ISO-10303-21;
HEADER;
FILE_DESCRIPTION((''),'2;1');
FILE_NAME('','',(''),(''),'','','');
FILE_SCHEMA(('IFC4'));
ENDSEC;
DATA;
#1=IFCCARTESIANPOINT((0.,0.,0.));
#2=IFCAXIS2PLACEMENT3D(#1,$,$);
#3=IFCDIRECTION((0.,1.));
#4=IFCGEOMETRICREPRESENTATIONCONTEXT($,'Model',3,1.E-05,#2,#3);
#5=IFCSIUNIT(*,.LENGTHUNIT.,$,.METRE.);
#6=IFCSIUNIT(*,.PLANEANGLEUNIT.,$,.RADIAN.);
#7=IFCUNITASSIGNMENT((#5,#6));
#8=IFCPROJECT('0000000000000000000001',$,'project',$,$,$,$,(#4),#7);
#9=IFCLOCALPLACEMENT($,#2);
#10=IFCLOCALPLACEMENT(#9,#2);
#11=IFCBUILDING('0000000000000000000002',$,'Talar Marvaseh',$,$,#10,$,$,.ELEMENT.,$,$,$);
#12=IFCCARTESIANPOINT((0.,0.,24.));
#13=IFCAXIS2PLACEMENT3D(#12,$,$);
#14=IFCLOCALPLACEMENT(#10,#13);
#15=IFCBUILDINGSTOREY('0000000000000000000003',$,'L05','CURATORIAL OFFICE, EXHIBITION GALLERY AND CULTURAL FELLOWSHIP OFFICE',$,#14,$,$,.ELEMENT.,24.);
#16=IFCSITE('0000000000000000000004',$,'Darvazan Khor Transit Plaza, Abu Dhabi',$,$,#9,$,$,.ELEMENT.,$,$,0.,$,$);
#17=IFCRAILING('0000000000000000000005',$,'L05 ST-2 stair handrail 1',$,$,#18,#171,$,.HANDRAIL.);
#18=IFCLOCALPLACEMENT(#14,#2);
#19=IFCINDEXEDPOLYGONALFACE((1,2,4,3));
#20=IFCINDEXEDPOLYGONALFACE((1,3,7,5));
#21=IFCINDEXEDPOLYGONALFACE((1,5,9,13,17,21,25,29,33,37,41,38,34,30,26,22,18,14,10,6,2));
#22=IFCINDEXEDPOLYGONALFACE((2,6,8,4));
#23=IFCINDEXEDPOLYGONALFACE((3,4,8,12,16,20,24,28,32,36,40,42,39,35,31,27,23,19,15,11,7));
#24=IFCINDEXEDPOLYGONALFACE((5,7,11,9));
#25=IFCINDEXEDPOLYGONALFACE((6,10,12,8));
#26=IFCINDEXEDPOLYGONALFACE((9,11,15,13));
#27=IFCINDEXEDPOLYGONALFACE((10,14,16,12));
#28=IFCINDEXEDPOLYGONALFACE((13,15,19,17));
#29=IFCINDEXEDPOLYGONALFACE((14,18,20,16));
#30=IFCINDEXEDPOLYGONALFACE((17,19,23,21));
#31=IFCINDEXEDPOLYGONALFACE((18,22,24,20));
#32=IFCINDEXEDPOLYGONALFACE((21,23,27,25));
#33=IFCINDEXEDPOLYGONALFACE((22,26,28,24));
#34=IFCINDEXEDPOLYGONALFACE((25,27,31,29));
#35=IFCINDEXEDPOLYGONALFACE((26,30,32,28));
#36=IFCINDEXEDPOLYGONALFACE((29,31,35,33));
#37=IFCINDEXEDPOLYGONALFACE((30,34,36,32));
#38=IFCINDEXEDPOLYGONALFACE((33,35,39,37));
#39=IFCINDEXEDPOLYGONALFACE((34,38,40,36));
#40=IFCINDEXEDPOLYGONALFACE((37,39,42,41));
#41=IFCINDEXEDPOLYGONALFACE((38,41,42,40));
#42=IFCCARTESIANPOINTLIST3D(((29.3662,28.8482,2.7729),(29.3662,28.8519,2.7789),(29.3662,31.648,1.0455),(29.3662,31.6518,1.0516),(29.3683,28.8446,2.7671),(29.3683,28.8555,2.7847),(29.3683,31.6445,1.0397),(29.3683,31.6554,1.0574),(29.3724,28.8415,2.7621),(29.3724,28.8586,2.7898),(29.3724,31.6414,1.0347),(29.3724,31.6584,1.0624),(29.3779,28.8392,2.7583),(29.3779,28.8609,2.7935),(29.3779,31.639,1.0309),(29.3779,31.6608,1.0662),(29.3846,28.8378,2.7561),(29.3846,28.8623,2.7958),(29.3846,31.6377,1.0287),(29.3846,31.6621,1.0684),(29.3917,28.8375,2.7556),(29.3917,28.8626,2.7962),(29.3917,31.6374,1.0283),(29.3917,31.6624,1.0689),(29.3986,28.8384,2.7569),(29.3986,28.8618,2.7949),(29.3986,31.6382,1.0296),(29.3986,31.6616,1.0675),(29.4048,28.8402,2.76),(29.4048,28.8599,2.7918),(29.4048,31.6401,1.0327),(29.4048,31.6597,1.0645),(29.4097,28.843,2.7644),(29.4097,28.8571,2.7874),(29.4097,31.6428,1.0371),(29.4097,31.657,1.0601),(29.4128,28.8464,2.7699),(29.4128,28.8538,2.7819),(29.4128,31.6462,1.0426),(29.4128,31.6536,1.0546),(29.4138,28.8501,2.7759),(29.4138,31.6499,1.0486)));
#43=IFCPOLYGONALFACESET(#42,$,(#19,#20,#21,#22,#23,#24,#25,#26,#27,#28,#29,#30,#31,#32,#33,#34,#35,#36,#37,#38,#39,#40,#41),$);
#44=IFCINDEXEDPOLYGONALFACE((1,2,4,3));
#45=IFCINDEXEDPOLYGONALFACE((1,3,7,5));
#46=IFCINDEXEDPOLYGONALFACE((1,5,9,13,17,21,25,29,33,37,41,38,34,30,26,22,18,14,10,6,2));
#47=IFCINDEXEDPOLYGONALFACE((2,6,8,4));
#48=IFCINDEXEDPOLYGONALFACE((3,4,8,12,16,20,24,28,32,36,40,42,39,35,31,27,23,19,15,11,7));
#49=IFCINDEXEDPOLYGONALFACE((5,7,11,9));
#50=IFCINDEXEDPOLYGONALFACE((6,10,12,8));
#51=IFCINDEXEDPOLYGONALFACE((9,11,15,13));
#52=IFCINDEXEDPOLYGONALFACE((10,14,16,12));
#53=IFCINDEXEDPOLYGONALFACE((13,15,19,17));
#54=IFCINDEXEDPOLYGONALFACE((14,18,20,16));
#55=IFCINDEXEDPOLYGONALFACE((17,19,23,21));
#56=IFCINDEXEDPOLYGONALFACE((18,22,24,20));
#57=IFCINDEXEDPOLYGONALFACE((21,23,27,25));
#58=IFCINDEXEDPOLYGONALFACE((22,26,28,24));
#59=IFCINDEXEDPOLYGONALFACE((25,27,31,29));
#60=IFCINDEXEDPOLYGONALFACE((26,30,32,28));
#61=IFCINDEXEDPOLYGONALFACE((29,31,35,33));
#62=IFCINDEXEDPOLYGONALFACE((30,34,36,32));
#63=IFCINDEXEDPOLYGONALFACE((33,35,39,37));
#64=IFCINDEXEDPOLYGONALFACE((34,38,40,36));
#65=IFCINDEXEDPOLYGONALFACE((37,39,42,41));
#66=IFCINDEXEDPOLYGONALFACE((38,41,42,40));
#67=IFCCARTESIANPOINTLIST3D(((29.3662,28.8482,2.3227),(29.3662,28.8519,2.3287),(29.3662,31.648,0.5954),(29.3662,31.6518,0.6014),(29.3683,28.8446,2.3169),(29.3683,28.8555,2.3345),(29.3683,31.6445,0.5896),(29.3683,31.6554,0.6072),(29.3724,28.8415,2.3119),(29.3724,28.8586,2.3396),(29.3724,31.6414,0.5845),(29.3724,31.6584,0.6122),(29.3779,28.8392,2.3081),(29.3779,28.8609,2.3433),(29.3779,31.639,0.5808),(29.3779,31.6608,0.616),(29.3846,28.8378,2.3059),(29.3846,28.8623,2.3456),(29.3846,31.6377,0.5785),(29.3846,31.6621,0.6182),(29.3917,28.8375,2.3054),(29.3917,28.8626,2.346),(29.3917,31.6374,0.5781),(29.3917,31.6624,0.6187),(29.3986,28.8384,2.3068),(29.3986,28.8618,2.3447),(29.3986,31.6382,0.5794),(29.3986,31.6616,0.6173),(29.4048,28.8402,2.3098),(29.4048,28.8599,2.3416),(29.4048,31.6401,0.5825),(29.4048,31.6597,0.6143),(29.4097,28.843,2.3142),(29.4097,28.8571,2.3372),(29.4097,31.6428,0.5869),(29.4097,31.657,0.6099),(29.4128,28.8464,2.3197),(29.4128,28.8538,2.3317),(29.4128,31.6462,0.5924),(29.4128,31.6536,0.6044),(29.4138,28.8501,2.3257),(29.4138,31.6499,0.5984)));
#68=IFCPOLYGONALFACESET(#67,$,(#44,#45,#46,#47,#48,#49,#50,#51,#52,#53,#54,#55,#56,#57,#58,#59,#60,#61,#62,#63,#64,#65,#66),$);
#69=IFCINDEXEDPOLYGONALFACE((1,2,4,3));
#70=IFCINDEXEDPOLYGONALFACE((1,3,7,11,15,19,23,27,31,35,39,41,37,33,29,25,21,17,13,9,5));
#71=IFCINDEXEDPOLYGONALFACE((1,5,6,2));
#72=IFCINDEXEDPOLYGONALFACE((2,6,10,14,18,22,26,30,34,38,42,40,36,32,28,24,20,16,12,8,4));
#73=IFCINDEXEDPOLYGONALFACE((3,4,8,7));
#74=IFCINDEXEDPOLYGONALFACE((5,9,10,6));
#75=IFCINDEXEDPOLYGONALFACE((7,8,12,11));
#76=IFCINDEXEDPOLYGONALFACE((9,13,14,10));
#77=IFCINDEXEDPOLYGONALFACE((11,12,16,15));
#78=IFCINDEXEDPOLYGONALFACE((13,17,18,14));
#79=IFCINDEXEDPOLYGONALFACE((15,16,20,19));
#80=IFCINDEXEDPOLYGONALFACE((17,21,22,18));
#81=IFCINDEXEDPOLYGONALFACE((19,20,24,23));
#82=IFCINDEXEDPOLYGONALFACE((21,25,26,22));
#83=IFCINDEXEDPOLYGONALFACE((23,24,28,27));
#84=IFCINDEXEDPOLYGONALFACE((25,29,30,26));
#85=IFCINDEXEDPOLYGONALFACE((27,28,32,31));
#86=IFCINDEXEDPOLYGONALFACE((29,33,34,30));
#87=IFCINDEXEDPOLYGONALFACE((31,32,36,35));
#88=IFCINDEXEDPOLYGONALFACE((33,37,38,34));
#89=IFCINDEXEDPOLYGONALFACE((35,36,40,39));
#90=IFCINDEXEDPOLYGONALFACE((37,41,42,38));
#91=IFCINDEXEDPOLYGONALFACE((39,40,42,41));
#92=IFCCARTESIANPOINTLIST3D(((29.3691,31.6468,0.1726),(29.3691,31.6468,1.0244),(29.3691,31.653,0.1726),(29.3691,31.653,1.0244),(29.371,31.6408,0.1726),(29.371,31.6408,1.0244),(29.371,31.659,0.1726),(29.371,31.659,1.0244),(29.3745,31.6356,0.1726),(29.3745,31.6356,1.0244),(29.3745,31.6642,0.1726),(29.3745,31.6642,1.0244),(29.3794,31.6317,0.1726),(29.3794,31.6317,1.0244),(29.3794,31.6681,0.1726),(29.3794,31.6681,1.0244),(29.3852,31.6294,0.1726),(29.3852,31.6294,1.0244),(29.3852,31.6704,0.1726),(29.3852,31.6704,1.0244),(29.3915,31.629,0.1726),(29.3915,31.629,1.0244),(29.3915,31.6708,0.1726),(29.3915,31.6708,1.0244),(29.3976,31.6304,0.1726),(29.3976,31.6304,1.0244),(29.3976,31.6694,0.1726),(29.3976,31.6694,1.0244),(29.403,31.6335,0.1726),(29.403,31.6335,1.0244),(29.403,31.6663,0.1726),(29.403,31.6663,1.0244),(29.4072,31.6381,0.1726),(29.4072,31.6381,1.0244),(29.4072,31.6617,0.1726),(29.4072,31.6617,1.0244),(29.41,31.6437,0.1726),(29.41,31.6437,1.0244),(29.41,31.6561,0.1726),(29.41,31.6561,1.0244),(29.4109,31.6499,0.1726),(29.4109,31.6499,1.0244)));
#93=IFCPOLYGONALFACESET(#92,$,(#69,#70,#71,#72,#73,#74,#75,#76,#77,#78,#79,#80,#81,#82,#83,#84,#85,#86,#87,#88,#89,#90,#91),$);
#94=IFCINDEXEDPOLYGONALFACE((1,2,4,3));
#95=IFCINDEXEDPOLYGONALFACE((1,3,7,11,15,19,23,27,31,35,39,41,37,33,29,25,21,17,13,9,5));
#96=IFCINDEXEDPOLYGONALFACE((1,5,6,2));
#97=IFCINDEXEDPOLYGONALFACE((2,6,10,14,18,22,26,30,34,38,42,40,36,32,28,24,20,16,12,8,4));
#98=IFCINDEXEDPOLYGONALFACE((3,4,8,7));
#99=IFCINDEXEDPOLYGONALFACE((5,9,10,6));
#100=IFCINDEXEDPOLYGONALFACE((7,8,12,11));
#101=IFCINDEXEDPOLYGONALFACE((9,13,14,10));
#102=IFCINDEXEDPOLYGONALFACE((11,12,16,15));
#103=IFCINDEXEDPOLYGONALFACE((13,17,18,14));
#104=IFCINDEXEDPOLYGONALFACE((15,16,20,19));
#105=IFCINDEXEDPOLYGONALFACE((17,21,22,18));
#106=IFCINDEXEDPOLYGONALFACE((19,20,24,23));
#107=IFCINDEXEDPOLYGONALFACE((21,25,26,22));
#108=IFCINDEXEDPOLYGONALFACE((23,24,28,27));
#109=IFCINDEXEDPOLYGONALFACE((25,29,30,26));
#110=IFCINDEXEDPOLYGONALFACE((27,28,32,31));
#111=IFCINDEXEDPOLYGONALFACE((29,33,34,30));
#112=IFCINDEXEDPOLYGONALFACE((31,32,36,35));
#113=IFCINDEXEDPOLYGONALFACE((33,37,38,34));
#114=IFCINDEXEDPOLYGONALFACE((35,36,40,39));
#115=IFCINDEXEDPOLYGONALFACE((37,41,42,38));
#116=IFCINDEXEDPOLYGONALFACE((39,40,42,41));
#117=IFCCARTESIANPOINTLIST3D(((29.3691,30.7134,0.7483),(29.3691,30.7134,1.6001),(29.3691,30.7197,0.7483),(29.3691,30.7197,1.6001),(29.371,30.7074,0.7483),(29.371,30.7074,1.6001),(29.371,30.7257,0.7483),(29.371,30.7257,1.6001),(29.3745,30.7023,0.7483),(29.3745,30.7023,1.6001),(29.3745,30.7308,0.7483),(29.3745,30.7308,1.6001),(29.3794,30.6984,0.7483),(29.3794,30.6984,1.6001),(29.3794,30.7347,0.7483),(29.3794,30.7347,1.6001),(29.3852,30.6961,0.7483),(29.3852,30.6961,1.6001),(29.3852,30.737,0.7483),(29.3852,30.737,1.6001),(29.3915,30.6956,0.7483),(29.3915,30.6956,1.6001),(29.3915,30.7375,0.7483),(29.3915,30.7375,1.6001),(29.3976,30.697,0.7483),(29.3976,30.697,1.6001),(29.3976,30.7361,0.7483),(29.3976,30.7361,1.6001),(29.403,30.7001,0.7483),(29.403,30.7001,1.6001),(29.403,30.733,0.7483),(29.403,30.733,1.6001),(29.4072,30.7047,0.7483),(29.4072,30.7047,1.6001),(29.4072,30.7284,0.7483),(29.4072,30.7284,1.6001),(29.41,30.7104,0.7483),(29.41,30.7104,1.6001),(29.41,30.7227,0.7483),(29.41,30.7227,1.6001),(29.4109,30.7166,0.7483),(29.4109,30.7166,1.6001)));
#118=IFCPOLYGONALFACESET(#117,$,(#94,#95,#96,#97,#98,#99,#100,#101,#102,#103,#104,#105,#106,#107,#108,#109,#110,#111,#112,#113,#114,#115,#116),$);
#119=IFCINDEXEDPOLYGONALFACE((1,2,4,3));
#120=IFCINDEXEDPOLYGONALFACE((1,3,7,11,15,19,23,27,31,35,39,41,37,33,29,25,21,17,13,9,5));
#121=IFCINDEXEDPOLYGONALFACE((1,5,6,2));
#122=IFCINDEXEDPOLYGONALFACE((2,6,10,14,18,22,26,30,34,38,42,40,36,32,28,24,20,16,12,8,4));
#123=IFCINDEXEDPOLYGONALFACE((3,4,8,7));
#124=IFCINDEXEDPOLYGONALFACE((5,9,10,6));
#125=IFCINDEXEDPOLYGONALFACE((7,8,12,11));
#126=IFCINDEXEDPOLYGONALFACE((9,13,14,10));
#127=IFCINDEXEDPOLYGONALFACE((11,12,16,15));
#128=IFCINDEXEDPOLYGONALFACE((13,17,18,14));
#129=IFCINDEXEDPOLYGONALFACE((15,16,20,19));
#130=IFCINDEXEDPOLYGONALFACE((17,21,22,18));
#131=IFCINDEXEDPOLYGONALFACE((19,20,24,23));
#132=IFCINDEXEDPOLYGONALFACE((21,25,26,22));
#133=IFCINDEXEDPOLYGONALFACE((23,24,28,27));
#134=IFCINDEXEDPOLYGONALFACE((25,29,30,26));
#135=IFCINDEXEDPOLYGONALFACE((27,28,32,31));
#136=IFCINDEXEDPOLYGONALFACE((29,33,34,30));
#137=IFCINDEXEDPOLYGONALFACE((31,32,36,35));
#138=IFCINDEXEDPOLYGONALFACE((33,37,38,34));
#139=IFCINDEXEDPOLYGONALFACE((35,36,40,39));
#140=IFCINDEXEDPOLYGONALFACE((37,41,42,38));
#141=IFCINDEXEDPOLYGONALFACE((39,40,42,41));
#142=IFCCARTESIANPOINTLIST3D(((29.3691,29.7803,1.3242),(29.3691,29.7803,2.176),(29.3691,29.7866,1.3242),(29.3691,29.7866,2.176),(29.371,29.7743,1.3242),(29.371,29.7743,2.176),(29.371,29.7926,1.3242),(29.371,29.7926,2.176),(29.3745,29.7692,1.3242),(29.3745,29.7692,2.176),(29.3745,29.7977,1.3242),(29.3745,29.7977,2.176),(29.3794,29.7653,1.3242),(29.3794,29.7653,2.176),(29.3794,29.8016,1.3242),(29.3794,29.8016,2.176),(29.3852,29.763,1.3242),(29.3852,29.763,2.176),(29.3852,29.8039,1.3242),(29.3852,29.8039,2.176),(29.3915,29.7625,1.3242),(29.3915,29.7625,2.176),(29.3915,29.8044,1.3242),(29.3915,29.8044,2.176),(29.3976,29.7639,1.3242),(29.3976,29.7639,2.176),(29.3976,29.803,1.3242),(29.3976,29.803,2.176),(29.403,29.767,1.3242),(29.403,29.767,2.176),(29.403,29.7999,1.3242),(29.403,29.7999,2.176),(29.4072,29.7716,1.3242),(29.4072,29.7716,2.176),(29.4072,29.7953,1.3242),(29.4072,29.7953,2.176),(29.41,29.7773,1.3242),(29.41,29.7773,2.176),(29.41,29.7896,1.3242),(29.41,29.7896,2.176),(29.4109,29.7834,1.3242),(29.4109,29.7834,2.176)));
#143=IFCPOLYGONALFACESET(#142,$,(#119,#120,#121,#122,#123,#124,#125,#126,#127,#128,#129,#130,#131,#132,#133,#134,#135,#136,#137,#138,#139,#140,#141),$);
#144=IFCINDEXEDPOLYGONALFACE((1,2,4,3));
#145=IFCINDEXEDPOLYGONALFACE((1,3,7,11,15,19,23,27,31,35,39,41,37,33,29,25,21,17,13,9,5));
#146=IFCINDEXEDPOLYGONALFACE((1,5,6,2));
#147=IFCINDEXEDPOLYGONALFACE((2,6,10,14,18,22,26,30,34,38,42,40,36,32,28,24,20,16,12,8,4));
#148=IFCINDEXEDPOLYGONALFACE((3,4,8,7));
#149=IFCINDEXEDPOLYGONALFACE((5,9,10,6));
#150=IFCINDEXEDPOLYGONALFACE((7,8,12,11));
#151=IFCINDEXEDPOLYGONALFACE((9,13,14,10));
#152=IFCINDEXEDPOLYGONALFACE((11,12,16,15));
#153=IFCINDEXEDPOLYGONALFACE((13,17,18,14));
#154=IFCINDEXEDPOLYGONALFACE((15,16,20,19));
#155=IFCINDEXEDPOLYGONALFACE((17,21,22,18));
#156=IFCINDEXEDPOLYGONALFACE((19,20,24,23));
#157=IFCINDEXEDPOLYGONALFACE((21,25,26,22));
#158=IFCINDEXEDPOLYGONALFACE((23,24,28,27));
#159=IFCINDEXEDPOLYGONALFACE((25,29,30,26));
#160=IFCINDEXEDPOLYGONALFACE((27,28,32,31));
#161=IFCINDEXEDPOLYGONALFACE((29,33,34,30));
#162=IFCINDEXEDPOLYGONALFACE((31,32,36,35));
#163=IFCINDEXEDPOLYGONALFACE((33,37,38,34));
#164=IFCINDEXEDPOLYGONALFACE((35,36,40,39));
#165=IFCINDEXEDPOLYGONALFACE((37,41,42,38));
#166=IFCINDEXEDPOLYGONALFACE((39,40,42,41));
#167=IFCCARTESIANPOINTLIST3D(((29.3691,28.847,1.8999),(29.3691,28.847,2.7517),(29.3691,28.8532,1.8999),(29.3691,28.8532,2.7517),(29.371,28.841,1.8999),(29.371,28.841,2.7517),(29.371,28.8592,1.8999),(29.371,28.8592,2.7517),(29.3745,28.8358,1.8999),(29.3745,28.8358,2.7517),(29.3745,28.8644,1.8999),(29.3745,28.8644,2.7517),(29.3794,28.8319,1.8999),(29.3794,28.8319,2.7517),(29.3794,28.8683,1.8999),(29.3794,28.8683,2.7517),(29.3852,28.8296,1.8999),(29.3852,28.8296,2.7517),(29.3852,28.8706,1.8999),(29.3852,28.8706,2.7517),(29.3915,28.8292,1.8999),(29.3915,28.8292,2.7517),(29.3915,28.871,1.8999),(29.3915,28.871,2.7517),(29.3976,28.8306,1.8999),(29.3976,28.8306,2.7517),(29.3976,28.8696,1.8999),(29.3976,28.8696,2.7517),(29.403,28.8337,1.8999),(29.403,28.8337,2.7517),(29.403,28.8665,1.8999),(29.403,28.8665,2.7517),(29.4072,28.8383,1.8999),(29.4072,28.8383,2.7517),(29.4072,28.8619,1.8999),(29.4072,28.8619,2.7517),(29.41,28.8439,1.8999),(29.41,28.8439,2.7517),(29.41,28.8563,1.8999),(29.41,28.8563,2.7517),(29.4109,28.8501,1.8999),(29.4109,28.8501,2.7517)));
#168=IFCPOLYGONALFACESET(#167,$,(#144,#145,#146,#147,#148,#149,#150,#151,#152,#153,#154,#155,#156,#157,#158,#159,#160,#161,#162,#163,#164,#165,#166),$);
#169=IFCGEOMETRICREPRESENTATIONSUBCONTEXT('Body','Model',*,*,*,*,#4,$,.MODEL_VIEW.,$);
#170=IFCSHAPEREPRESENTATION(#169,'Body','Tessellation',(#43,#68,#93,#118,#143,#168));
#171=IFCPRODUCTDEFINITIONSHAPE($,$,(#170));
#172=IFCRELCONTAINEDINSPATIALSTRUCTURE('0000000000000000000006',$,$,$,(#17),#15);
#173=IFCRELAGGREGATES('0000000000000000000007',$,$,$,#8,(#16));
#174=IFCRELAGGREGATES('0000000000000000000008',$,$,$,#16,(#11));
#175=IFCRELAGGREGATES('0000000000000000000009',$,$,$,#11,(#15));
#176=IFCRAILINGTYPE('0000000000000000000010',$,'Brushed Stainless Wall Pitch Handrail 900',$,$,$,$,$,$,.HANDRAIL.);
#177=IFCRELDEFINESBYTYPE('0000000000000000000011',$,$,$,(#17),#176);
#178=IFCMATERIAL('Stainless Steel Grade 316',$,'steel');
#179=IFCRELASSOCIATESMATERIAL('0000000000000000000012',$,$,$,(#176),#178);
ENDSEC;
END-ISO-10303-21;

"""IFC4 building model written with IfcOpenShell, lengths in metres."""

from ifc_helpers import new_model, si_unit, direction, frame, origin, origin_2d, place, context, subcontext, project, spatial, circle, extrude, material, type_object, element, save


model = new_model("IFC4")

# Units and contexts
model_context = context("Model", 3, precision=1e-05, world=origin(), true_north=direction((0.0, 1.0)))
body_context = subcontext(model_context, "Body", "Model", "MODEL_VIEW")
ifc_project = project(units=[si_unit("LENGTHUNIT", "METRE"), si_unit("PLANEANGLEUNIT", "RADIAN")], contexts=[model_context])

# Site, building, storey
site_placement = place(None, origin())
site = spatial("IfcSite", under=ifc_project, at=site_placement, Name="Darvazan Khor Transit Plaza, Abu Dhabi", CompositionType="ELEMENT", RefElevation=0.0)
building_placement = place(site_placement, origin())
building = spatial("IfcBuilding", under=site, at=building_placement, Name="Talar Marvaseh", CompositionType="ELEMENT")
storey_placement = place(building_placement, frame((0.0, 0.0, 24.0)))
storey = spatial("IfcBuildingStorey", under=building, at=storey_placement, Name="L05", Description="CURATORIAL OFFICE, EXHIBITION GALLERY AND CULTURAL FELLOWSHIP OFFICE", CompositionType="ELEMENT", Elevation=24.0)

# Shared definitions
ifc_material_1 = material(Name="Stainless Steel Grade 316", Category="steel")

# Railing
railing_type_1 = type_object("IfcRailingType", Name="Brushed Stainless Wall Pitch Handrail 900", PredefinedType="HANDRAIL", material=ifc_material_1)
railing_1_placement = place(storey_placement, frame((29.3899, 31.6499, 0.1726)))
element("IfcRailing", 1, at=railing_1_placement, inside=storey, type_object=railing_type_1, Name="L05 ST-2 stair handrail 1", PredefinedType="HANDRAIL", context=body_context, shape_type="SweptSolid", body=[
    extrude(circle(Radius=0.0239, at=origin_2d()), frame((0.0, 0.0, 0.876), z_axis=(0.0, -0.851069, 0.525054), x_axis=(1.0, 0.0, 0.0)), (0.0, 0.0, 1.0), 3.2898),
    extrude(circle(Radius=0.0239, at=origin_2d()), frame((0.0, 0.0, 0.4258), z_axis=(0.0, -0.851069, 0.525054), x_axis=(1.0, 0.0, 0.0)), (0.0, 0.0, 1.0), 3.2898),
    extrude(circle(Radius=0.021, at=origin_2d()), origin(), (0.0, 0.0, 1.0), 0.8518),
    extrude(circle(Radius=0.021, at=origin_2d()), frame((0.0, -0.9333, 0.5757)), (0.0, 0.0, 1.0), 0.8518),
    extrude(circle(Radius=0.021, at=origin_2d()), frame((0.0, -1.8665, 1.1516)), (0.0, 0.0, 1.0), 0.8518),
    extrude(circle(Radius=0.021, at=origin_2d()), frame((0.0, -2.7998, 1.7273)), (0.0, 0.0, 1.0), 0.8518),
])

save(model, "model.ifc")
